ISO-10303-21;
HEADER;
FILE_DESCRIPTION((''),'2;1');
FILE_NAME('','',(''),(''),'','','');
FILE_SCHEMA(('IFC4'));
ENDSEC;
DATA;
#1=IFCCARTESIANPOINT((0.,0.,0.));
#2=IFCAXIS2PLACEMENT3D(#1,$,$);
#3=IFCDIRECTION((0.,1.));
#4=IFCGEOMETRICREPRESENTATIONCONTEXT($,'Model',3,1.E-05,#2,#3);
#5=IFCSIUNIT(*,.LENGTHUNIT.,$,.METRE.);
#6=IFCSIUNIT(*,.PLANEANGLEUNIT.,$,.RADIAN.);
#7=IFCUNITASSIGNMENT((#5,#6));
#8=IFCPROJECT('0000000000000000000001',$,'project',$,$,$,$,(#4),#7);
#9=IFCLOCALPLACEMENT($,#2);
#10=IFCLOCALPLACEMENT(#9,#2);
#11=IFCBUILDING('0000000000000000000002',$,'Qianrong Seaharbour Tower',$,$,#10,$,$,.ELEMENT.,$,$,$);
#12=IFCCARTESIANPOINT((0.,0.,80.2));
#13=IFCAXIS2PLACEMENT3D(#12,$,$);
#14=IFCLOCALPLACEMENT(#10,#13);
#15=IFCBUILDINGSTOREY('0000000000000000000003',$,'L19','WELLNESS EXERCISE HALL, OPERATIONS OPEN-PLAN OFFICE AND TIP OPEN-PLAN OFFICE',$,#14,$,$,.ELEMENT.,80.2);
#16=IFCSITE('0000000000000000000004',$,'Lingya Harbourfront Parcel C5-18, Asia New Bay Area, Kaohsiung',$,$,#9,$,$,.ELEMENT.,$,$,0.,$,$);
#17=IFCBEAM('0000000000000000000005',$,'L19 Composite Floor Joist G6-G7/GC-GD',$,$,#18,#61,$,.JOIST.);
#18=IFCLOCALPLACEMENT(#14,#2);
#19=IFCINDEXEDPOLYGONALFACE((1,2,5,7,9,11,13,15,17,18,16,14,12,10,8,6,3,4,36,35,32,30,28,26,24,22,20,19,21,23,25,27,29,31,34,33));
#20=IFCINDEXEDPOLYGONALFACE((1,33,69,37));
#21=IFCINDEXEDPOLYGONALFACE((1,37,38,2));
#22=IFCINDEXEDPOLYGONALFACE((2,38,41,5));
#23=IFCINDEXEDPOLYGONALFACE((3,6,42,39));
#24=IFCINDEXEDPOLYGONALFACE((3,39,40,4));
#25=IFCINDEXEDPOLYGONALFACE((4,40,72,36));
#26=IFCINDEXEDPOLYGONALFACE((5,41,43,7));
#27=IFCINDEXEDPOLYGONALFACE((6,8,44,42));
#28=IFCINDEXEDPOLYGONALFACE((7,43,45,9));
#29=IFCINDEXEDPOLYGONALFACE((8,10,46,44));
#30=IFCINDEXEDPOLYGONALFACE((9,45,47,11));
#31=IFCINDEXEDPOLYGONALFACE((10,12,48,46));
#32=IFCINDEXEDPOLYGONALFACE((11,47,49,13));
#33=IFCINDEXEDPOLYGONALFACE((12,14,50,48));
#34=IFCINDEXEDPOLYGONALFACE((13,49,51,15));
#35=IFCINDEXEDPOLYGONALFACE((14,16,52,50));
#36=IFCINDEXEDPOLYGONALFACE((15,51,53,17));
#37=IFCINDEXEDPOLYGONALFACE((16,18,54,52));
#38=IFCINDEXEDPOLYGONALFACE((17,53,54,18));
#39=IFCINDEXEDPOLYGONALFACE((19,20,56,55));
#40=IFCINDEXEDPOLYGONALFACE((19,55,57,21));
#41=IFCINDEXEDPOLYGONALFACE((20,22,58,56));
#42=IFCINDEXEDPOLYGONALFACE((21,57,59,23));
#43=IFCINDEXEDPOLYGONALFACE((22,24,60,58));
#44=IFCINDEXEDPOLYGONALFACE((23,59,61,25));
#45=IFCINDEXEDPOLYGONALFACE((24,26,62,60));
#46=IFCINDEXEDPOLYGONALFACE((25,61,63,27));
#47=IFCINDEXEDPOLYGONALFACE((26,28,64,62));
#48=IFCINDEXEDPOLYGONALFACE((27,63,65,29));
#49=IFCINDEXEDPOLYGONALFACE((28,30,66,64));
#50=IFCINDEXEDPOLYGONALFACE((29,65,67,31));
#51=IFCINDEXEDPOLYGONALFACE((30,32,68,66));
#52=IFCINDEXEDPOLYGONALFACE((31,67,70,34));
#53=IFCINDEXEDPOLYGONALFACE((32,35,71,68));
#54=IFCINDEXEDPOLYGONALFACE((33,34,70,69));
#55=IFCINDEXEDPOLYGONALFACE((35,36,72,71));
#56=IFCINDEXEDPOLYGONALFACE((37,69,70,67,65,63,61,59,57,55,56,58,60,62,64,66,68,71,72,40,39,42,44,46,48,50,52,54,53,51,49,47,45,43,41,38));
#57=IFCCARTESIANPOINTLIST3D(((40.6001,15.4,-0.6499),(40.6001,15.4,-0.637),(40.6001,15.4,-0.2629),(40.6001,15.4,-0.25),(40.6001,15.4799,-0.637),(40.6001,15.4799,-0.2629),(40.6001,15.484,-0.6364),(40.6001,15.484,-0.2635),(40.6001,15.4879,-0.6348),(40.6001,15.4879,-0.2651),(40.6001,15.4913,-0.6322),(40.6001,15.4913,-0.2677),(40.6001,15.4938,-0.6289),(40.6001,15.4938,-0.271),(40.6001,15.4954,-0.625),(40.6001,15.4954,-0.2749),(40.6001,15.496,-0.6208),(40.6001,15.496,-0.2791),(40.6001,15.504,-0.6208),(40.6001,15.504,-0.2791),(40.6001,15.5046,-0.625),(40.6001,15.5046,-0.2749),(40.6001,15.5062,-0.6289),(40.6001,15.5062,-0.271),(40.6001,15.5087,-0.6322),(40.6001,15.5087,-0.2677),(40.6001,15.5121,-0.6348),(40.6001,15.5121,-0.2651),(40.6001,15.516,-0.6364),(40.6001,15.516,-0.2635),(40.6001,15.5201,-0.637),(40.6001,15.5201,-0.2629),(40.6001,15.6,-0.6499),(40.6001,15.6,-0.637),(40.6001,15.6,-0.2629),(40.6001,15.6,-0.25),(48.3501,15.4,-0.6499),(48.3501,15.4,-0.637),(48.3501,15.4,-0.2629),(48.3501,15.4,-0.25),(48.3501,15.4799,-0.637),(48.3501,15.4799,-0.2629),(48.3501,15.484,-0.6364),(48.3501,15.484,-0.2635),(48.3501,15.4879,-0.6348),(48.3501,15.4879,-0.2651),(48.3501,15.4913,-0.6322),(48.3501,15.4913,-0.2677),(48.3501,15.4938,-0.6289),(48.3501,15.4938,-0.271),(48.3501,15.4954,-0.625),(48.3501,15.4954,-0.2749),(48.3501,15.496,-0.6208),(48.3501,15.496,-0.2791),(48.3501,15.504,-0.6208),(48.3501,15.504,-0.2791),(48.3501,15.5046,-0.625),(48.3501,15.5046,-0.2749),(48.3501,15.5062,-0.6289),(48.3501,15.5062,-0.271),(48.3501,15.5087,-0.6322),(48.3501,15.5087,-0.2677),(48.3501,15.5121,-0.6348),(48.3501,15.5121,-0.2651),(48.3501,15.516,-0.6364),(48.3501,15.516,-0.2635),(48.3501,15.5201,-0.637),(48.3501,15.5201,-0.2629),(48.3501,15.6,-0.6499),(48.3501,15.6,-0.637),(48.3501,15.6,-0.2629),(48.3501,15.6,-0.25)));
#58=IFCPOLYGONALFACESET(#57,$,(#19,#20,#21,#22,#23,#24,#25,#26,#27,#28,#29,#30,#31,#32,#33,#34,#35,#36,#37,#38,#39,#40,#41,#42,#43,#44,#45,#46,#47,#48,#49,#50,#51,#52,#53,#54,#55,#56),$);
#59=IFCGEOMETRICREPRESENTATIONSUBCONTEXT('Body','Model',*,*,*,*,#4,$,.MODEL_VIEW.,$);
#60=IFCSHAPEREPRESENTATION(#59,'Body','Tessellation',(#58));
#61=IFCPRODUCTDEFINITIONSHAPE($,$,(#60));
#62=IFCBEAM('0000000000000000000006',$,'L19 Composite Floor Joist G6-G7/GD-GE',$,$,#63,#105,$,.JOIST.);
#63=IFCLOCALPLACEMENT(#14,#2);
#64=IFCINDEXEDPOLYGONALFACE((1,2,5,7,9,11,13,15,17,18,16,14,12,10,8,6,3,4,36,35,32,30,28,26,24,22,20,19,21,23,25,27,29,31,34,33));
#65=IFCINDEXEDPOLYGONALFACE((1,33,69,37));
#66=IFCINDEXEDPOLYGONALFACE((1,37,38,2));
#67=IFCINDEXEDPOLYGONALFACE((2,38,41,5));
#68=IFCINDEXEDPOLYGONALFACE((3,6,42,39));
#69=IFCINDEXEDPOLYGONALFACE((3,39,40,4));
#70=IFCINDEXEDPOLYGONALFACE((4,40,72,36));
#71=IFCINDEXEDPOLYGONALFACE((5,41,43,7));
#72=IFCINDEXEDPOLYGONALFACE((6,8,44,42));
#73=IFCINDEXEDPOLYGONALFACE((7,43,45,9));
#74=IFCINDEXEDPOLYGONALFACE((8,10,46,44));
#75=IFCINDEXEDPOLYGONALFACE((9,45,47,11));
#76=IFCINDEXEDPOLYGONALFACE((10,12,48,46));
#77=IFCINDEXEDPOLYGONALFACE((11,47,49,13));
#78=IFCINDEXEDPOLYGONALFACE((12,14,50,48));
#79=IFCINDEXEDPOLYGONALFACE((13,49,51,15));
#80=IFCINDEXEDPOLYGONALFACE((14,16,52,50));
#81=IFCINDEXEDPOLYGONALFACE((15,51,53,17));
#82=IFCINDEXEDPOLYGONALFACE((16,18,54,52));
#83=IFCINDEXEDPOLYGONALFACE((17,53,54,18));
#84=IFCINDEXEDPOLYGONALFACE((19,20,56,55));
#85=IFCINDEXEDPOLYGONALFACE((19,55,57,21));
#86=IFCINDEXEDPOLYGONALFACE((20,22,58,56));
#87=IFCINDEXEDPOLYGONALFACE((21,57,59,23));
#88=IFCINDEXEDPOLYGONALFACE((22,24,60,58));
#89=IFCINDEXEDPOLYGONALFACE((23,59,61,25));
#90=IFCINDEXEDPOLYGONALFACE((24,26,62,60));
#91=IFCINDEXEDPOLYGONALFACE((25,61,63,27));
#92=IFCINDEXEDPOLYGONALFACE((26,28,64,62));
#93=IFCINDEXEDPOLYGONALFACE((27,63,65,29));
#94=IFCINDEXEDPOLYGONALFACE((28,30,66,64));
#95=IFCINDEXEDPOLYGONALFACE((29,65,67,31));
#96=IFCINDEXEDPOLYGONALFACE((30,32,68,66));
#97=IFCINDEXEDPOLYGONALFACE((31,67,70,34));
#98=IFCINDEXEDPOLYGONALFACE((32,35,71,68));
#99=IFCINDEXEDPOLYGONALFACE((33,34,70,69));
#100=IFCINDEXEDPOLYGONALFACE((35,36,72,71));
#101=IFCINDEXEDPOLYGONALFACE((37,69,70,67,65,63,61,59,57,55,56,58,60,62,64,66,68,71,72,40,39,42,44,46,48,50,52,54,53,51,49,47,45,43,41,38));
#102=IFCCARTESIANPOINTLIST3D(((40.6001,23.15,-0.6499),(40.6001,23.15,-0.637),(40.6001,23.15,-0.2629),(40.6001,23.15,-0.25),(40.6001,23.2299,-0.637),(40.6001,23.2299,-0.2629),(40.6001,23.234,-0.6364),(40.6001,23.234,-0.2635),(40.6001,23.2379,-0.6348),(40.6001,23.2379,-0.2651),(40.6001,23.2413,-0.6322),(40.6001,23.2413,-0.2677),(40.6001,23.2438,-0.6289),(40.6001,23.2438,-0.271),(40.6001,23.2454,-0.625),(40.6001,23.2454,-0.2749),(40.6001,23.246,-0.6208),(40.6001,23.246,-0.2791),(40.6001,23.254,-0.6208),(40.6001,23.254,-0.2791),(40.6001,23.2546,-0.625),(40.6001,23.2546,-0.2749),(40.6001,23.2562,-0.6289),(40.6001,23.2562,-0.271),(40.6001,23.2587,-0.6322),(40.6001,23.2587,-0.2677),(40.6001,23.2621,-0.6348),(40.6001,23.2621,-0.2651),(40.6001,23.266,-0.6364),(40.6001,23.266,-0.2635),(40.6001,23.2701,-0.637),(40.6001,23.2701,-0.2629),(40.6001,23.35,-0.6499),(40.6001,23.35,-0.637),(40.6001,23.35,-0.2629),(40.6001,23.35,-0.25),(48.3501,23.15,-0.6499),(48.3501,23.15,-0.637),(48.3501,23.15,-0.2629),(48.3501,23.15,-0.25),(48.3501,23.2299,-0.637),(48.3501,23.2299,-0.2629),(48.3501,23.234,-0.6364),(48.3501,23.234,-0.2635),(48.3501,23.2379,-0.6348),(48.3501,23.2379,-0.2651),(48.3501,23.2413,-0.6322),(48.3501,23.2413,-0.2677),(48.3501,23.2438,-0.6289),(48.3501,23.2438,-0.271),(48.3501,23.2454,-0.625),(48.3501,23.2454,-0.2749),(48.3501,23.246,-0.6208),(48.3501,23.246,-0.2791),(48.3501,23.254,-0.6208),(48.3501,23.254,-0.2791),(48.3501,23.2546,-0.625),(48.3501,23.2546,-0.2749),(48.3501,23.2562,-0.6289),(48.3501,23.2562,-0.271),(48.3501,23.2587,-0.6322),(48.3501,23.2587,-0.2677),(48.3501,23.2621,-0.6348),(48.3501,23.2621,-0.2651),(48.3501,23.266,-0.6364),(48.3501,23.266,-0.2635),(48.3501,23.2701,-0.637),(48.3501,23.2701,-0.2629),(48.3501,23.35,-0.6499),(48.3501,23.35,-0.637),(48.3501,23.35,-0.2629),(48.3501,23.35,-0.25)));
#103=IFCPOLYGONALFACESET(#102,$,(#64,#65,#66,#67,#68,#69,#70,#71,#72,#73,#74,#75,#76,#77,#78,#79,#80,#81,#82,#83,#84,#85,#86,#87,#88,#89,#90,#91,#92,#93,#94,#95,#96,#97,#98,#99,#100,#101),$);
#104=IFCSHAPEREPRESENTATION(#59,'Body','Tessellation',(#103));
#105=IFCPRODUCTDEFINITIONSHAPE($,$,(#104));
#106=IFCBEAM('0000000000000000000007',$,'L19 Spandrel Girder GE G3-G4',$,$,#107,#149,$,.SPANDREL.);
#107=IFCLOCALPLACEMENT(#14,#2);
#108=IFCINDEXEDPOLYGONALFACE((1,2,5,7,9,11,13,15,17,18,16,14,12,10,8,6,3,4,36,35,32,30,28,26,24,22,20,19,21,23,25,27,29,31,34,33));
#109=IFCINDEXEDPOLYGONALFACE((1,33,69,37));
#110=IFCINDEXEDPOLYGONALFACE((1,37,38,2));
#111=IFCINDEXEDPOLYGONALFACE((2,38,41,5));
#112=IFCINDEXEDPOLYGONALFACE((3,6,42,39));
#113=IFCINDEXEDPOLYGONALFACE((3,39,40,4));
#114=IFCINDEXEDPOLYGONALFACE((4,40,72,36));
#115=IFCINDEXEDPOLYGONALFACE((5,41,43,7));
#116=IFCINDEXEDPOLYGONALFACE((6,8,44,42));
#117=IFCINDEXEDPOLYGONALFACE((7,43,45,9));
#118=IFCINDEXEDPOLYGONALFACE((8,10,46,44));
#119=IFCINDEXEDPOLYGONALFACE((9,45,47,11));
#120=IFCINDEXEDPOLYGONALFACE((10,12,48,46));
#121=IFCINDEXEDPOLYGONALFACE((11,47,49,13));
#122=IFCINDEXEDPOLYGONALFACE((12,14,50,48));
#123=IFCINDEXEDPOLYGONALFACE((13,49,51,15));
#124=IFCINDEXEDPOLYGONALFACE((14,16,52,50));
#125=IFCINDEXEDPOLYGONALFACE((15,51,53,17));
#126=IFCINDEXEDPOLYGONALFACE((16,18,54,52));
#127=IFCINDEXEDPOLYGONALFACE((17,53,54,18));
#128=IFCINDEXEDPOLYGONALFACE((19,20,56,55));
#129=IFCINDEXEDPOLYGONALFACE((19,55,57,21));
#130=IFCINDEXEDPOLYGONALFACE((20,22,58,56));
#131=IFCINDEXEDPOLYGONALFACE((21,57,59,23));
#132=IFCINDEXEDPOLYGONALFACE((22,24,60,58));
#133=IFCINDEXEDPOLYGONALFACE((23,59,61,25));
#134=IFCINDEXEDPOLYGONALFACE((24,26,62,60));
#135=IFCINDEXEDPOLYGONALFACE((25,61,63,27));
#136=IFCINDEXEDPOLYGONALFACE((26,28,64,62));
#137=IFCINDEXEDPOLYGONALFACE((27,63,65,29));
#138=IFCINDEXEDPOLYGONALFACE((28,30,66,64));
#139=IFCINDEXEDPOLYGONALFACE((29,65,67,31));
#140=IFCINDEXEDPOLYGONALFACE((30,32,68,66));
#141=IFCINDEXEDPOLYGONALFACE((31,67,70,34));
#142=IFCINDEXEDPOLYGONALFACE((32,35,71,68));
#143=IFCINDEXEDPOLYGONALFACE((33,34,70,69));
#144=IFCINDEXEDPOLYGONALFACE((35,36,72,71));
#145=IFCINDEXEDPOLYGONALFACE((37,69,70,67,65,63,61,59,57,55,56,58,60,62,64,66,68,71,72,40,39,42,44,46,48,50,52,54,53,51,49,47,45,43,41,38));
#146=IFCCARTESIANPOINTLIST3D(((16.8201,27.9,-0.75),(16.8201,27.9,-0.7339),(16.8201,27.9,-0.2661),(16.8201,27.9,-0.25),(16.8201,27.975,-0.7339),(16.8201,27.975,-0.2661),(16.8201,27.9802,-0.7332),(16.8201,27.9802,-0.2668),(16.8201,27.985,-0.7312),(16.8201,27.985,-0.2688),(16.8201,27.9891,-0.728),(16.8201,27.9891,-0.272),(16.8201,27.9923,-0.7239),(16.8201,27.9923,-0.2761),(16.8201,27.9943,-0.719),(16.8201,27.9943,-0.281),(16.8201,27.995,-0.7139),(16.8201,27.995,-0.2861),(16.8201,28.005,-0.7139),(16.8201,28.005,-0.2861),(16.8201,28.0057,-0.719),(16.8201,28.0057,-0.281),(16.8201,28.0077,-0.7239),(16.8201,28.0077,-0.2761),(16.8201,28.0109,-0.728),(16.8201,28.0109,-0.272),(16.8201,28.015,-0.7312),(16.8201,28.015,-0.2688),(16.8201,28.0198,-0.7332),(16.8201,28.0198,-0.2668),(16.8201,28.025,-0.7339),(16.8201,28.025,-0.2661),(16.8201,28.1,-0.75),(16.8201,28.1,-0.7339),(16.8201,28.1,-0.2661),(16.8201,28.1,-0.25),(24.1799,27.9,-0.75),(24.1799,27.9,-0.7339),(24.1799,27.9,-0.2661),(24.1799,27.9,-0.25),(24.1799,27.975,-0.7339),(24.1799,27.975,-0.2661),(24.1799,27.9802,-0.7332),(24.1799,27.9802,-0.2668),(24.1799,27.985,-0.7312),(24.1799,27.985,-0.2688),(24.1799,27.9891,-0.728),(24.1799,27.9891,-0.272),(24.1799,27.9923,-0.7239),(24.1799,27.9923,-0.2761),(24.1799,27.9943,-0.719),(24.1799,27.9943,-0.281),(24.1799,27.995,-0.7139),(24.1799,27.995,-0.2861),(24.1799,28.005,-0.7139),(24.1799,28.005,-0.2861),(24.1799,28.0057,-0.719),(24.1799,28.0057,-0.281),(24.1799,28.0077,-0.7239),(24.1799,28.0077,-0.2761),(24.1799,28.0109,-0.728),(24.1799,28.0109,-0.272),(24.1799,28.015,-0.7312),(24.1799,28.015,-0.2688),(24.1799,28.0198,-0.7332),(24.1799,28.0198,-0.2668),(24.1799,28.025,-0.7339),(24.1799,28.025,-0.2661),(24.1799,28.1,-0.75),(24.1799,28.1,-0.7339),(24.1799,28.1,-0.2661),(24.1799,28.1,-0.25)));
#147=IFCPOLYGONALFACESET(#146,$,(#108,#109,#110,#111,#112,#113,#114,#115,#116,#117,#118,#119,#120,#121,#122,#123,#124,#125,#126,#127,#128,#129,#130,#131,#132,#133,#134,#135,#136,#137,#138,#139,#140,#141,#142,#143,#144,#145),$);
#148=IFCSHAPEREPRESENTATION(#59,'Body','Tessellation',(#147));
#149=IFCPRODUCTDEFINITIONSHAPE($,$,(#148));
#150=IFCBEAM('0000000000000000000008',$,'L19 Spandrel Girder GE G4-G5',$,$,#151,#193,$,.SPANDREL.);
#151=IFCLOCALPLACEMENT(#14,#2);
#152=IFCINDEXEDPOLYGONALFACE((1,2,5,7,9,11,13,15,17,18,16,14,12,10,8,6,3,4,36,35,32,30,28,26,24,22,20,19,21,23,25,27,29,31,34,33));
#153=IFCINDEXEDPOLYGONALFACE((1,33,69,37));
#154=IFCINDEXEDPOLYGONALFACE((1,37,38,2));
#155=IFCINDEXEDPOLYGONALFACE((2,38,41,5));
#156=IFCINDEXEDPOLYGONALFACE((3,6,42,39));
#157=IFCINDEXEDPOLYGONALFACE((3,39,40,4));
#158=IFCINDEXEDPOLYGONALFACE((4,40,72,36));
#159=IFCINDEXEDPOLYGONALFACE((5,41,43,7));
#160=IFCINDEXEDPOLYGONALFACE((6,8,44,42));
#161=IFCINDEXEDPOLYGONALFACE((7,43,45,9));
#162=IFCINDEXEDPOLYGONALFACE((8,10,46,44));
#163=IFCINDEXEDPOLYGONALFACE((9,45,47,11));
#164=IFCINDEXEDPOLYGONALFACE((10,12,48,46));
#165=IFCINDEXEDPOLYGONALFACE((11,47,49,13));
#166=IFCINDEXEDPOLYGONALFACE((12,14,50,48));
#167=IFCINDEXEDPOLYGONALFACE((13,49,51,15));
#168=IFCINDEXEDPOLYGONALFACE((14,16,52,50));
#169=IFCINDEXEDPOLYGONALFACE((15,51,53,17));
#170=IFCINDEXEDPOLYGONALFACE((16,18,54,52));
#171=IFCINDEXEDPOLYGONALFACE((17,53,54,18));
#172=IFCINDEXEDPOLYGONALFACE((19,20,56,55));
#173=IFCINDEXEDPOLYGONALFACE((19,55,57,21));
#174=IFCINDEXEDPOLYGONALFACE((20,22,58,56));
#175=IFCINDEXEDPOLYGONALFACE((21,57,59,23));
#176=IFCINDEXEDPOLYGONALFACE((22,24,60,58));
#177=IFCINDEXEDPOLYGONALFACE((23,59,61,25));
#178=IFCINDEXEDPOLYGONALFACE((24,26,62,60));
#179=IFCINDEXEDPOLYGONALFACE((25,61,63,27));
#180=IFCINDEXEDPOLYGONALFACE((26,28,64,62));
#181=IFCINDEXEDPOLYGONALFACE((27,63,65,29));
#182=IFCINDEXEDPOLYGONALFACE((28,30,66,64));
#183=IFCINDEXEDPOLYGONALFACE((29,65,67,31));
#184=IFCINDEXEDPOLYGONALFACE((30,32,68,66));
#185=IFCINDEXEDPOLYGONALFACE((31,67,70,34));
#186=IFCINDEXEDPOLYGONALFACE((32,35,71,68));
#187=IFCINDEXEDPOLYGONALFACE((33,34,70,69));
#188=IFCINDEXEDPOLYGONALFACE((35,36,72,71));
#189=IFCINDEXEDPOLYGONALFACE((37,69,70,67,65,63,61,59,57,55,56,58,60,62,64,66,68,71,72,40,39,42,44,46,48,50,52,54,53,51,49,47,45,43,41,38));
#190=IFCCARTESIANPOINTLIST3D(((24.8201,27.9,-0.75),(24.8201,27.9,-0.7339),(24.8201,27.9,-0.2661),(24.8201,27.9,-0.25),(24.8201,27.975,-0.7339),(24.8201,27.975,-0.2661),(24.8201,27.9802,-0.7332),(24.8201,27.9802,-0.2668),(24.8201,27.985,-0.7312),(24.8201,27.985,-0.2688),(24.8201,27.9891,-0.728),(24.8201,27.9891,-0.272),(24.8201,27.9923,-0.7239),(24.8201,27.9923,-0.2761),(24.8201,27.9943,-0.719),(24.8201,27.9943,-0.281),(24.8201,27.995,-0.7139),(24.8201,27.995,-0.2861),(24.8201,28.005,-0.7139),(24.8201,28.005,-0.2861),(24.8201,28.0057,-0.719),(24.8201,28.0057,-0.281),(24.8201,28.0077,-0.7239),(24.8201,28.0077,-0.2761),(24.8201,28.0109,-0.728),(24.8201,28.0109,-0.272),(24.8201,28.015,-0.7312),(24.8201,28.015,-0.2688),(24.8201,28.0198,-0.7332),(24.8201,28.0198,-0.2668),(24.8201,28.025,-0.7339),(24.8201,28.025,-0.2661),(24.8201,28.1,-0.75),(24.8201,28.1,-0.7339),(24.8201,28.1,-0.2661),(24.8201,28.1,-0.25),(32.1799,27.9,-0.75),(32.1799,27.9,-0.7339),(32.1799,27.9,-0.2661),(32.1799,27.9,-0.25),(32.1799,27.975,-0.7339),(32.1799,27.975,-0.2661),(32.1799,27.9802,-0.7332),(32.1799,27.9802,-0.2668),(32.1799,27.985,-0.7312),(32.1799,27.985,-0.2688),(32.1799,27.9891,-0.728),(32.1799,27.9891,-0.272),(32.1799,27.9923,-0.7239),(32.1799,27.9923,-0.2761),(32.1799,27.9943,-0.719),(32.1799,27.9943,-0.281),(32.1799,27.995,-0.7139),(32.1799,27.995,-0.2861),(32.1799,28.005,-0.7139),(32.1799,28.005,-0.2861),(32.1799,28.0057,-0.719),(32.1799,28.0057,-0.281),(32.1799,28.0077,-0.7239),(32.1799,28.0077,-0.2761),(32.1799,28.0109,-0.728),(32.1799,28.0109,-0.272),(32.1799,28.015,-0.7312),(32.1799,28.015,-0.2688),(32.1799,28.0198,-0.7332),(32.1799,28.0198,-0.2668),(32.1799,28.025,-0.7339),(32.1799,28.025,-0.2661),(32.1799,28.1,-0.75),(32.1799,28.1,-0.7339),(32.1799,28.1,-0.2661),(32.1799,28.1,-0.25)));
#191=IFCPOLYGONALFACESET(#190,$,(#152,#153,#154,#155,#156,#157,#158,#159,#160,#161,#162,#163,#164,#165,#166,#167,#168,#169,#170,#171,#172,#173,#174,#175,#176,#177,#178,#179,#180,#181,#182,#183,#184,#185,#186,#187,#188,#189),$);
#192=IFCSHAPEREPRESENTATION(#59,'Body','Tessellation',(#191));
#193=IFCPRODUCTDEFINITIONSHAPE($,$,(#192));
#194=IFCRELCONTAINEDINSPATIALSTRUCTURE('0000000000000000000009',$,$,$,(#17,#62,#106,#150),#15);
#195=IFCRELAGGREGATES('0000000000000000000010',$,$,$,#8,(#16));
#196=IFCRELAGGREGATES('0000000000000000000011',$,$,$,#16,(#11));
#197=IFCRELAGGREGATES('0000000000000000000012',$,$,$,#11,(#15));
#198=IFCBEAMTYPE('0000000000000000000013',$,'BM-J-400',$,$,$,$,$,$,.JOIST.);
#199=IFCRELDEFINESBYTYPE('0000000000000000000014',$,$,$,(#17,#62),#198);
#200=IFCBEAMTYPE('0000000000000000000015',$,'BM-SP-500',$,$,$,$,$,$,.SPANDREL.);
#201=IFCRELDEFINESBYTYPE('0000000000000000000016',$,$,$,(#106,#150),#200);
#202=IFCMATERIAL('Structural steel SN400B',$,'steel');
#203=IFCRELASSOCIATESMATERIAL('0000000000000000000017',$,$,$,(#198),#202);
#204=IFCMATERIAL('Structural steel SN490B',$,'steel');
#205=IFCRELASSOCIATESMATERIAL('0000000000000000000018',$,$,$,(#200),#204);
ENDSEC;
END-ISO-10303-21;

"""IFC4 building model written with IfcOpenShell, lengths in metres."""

from ifc_helpers import new_model, si_unit, direction, frame, origin, origin_2d, place, context, subcontext, project, spatial, i_section, extrude, material, material_profile, profile_set, type_object, element, save


model = new_model("IFC4")

# Units and contexts
model_context = context("Model", 3, precision=1e-05, world=origin(), true_north=direction((0.0, 1.0)))
body_context = subcontext(model_context, "Body", "Model", "MODEL_VIEW")
ifc_project = project(units=[si_unit("LENGTHUNIT", "METRE"), si_unit("PLANEANGLEUNIT", "RADIAN")], contexts=[model_context])

# Site, building, storey
site_placement = place(None, origin())
site = spatial("IfcSite", under=ifc_project, at=site_placement, Name="Lingya Harbourfront Parcel C5-18, Asia New Bay Area, Kaohsiung", CompositionType="ELEMENT", RefElevation=0.0)
building_placement = place(site_placement, origin())
building = spatial("IfcBuilding", under=site, at=building_placement, Name="Qianrong Seaharbour Tower", CompositionType="ELEMENT")
storey_placement = place(building_placement, frame((0.0, 0.0, 80.2)))
storey = spatial("IfcBuildingStorey", under=building, at=storey_placement, Name="L19", Description="WELLNESS EXERCISE HALL, OPERATIONS OPEN-PLAN OFFICE AND TIP OPEN-PLAN OFFICE", CompositionType="ELEMENT", Elevation=80.2)

# Shared definitions
ifc_material_1 = material(Name="Structural steel SN490B", Category="steel")

# Beams
ifc_material_2 = material(Name="Structural steel SN400B", Category="steel")
ifc_material_profile_1 = material_profile(ifc_material_2, i_section(OverallWidth=0.2, OverallDepth=0.3999, WebThickness=0.0081, FlangeThickness=0.0129, FilletRadius=0.0161, at=origin_2d()), Name="H400x200x8x13")
ifc_profile_set_1 = profile_set([ifc_material_profile_1], Name="Structural steel SN400B")
beam_type_1 = type_object("IfcBeamType", Name="BM-J-400", PredefinedType="JOIST", material=ifc_profile_set_1)
for number, where, z_axis, x_axis, name in (
    (1, (40.6001, 15.5, -0.45), (1.0, 0.0, 0.0), (0.0, 1.0, 0.0), "L19 Composite Floor Joist G6-G7/GC-GD"),
    (2, (40.6001, 23.25, -0.45), (1.0, 0.0, 0.0), (0.0, 1.0, 0.0), "L19 Composite Floor Joist G6-G7/GD-GE"),
):
    element("IfcBeam", number, at=place(storey_placement, frame(where, z_axis=z_axis, x_axis=x_axis)), inside=storey, type_object=beam_type_1, Name=name, PredefinedType="JOIST", context=body_context, shape_type="SweptSolid", body=[
        extrude(i_section(OverallWidth=0.2, OverallDepth=0.3999, WebThickness=0.0081, FlangeThickness=0.0129, FilletRadius=0.0161, at=origin_2d()), origin(), (0.0, 0.0, 1.0), 7.75),
    ])
ifc_material_profile_2 = material_profile(ifc_material_1, i_section(OverallWidth=0.2, OverallDepth=0.5, WebThickness=0.01, FlangeThickness=0.0161, FilletRadius=0.02, at=origin_2d()), Name="H500x200x10x16")
ifc_profile_set_2 = profile_set([ifc_material_profile_2], Name="Structural steel SN490B")
beam_type_2 = type_object("IfcBeamType", Name="BM-SP-500", PredefinedType="SPANDREL", material=ifc_profile_set_2)
for number, where, z_axis, x_axis, name in (
    (3, (16.8201, 28.0, -0.5), (1.0, 0.0, 0.0), (0.0, 1.0, 0.0), "L19 Spandrel Girder GE G3-G4"),
    (4, (24.8201, 28.0, -0.5), (1.0, 0.0, 0.0), (0.0, 1.0, 0.0), "L19 Spandrel Girder GE G4-G5"),
):
    element("IfcBeam", number, at=place(storey_placement, frame(where, z_axis=z_axis, x_axis=x_axis)), inside=storey, type_object=beam_type_2, Name=name, PredefinedType="SPANDREL", context=body_context, shape_type="SweptSolid", body=[
        extrude(i_section(OverallWidth=0.2, OverallDepth=0.5, WebThickness=0.01, FlangeThickness=0.0161, FilletRadius=0.02, at=origin_2d()), origin(), (0.0, 0.0, 1.0), 7.3599),
    ])

save(model, "model.ifc")
